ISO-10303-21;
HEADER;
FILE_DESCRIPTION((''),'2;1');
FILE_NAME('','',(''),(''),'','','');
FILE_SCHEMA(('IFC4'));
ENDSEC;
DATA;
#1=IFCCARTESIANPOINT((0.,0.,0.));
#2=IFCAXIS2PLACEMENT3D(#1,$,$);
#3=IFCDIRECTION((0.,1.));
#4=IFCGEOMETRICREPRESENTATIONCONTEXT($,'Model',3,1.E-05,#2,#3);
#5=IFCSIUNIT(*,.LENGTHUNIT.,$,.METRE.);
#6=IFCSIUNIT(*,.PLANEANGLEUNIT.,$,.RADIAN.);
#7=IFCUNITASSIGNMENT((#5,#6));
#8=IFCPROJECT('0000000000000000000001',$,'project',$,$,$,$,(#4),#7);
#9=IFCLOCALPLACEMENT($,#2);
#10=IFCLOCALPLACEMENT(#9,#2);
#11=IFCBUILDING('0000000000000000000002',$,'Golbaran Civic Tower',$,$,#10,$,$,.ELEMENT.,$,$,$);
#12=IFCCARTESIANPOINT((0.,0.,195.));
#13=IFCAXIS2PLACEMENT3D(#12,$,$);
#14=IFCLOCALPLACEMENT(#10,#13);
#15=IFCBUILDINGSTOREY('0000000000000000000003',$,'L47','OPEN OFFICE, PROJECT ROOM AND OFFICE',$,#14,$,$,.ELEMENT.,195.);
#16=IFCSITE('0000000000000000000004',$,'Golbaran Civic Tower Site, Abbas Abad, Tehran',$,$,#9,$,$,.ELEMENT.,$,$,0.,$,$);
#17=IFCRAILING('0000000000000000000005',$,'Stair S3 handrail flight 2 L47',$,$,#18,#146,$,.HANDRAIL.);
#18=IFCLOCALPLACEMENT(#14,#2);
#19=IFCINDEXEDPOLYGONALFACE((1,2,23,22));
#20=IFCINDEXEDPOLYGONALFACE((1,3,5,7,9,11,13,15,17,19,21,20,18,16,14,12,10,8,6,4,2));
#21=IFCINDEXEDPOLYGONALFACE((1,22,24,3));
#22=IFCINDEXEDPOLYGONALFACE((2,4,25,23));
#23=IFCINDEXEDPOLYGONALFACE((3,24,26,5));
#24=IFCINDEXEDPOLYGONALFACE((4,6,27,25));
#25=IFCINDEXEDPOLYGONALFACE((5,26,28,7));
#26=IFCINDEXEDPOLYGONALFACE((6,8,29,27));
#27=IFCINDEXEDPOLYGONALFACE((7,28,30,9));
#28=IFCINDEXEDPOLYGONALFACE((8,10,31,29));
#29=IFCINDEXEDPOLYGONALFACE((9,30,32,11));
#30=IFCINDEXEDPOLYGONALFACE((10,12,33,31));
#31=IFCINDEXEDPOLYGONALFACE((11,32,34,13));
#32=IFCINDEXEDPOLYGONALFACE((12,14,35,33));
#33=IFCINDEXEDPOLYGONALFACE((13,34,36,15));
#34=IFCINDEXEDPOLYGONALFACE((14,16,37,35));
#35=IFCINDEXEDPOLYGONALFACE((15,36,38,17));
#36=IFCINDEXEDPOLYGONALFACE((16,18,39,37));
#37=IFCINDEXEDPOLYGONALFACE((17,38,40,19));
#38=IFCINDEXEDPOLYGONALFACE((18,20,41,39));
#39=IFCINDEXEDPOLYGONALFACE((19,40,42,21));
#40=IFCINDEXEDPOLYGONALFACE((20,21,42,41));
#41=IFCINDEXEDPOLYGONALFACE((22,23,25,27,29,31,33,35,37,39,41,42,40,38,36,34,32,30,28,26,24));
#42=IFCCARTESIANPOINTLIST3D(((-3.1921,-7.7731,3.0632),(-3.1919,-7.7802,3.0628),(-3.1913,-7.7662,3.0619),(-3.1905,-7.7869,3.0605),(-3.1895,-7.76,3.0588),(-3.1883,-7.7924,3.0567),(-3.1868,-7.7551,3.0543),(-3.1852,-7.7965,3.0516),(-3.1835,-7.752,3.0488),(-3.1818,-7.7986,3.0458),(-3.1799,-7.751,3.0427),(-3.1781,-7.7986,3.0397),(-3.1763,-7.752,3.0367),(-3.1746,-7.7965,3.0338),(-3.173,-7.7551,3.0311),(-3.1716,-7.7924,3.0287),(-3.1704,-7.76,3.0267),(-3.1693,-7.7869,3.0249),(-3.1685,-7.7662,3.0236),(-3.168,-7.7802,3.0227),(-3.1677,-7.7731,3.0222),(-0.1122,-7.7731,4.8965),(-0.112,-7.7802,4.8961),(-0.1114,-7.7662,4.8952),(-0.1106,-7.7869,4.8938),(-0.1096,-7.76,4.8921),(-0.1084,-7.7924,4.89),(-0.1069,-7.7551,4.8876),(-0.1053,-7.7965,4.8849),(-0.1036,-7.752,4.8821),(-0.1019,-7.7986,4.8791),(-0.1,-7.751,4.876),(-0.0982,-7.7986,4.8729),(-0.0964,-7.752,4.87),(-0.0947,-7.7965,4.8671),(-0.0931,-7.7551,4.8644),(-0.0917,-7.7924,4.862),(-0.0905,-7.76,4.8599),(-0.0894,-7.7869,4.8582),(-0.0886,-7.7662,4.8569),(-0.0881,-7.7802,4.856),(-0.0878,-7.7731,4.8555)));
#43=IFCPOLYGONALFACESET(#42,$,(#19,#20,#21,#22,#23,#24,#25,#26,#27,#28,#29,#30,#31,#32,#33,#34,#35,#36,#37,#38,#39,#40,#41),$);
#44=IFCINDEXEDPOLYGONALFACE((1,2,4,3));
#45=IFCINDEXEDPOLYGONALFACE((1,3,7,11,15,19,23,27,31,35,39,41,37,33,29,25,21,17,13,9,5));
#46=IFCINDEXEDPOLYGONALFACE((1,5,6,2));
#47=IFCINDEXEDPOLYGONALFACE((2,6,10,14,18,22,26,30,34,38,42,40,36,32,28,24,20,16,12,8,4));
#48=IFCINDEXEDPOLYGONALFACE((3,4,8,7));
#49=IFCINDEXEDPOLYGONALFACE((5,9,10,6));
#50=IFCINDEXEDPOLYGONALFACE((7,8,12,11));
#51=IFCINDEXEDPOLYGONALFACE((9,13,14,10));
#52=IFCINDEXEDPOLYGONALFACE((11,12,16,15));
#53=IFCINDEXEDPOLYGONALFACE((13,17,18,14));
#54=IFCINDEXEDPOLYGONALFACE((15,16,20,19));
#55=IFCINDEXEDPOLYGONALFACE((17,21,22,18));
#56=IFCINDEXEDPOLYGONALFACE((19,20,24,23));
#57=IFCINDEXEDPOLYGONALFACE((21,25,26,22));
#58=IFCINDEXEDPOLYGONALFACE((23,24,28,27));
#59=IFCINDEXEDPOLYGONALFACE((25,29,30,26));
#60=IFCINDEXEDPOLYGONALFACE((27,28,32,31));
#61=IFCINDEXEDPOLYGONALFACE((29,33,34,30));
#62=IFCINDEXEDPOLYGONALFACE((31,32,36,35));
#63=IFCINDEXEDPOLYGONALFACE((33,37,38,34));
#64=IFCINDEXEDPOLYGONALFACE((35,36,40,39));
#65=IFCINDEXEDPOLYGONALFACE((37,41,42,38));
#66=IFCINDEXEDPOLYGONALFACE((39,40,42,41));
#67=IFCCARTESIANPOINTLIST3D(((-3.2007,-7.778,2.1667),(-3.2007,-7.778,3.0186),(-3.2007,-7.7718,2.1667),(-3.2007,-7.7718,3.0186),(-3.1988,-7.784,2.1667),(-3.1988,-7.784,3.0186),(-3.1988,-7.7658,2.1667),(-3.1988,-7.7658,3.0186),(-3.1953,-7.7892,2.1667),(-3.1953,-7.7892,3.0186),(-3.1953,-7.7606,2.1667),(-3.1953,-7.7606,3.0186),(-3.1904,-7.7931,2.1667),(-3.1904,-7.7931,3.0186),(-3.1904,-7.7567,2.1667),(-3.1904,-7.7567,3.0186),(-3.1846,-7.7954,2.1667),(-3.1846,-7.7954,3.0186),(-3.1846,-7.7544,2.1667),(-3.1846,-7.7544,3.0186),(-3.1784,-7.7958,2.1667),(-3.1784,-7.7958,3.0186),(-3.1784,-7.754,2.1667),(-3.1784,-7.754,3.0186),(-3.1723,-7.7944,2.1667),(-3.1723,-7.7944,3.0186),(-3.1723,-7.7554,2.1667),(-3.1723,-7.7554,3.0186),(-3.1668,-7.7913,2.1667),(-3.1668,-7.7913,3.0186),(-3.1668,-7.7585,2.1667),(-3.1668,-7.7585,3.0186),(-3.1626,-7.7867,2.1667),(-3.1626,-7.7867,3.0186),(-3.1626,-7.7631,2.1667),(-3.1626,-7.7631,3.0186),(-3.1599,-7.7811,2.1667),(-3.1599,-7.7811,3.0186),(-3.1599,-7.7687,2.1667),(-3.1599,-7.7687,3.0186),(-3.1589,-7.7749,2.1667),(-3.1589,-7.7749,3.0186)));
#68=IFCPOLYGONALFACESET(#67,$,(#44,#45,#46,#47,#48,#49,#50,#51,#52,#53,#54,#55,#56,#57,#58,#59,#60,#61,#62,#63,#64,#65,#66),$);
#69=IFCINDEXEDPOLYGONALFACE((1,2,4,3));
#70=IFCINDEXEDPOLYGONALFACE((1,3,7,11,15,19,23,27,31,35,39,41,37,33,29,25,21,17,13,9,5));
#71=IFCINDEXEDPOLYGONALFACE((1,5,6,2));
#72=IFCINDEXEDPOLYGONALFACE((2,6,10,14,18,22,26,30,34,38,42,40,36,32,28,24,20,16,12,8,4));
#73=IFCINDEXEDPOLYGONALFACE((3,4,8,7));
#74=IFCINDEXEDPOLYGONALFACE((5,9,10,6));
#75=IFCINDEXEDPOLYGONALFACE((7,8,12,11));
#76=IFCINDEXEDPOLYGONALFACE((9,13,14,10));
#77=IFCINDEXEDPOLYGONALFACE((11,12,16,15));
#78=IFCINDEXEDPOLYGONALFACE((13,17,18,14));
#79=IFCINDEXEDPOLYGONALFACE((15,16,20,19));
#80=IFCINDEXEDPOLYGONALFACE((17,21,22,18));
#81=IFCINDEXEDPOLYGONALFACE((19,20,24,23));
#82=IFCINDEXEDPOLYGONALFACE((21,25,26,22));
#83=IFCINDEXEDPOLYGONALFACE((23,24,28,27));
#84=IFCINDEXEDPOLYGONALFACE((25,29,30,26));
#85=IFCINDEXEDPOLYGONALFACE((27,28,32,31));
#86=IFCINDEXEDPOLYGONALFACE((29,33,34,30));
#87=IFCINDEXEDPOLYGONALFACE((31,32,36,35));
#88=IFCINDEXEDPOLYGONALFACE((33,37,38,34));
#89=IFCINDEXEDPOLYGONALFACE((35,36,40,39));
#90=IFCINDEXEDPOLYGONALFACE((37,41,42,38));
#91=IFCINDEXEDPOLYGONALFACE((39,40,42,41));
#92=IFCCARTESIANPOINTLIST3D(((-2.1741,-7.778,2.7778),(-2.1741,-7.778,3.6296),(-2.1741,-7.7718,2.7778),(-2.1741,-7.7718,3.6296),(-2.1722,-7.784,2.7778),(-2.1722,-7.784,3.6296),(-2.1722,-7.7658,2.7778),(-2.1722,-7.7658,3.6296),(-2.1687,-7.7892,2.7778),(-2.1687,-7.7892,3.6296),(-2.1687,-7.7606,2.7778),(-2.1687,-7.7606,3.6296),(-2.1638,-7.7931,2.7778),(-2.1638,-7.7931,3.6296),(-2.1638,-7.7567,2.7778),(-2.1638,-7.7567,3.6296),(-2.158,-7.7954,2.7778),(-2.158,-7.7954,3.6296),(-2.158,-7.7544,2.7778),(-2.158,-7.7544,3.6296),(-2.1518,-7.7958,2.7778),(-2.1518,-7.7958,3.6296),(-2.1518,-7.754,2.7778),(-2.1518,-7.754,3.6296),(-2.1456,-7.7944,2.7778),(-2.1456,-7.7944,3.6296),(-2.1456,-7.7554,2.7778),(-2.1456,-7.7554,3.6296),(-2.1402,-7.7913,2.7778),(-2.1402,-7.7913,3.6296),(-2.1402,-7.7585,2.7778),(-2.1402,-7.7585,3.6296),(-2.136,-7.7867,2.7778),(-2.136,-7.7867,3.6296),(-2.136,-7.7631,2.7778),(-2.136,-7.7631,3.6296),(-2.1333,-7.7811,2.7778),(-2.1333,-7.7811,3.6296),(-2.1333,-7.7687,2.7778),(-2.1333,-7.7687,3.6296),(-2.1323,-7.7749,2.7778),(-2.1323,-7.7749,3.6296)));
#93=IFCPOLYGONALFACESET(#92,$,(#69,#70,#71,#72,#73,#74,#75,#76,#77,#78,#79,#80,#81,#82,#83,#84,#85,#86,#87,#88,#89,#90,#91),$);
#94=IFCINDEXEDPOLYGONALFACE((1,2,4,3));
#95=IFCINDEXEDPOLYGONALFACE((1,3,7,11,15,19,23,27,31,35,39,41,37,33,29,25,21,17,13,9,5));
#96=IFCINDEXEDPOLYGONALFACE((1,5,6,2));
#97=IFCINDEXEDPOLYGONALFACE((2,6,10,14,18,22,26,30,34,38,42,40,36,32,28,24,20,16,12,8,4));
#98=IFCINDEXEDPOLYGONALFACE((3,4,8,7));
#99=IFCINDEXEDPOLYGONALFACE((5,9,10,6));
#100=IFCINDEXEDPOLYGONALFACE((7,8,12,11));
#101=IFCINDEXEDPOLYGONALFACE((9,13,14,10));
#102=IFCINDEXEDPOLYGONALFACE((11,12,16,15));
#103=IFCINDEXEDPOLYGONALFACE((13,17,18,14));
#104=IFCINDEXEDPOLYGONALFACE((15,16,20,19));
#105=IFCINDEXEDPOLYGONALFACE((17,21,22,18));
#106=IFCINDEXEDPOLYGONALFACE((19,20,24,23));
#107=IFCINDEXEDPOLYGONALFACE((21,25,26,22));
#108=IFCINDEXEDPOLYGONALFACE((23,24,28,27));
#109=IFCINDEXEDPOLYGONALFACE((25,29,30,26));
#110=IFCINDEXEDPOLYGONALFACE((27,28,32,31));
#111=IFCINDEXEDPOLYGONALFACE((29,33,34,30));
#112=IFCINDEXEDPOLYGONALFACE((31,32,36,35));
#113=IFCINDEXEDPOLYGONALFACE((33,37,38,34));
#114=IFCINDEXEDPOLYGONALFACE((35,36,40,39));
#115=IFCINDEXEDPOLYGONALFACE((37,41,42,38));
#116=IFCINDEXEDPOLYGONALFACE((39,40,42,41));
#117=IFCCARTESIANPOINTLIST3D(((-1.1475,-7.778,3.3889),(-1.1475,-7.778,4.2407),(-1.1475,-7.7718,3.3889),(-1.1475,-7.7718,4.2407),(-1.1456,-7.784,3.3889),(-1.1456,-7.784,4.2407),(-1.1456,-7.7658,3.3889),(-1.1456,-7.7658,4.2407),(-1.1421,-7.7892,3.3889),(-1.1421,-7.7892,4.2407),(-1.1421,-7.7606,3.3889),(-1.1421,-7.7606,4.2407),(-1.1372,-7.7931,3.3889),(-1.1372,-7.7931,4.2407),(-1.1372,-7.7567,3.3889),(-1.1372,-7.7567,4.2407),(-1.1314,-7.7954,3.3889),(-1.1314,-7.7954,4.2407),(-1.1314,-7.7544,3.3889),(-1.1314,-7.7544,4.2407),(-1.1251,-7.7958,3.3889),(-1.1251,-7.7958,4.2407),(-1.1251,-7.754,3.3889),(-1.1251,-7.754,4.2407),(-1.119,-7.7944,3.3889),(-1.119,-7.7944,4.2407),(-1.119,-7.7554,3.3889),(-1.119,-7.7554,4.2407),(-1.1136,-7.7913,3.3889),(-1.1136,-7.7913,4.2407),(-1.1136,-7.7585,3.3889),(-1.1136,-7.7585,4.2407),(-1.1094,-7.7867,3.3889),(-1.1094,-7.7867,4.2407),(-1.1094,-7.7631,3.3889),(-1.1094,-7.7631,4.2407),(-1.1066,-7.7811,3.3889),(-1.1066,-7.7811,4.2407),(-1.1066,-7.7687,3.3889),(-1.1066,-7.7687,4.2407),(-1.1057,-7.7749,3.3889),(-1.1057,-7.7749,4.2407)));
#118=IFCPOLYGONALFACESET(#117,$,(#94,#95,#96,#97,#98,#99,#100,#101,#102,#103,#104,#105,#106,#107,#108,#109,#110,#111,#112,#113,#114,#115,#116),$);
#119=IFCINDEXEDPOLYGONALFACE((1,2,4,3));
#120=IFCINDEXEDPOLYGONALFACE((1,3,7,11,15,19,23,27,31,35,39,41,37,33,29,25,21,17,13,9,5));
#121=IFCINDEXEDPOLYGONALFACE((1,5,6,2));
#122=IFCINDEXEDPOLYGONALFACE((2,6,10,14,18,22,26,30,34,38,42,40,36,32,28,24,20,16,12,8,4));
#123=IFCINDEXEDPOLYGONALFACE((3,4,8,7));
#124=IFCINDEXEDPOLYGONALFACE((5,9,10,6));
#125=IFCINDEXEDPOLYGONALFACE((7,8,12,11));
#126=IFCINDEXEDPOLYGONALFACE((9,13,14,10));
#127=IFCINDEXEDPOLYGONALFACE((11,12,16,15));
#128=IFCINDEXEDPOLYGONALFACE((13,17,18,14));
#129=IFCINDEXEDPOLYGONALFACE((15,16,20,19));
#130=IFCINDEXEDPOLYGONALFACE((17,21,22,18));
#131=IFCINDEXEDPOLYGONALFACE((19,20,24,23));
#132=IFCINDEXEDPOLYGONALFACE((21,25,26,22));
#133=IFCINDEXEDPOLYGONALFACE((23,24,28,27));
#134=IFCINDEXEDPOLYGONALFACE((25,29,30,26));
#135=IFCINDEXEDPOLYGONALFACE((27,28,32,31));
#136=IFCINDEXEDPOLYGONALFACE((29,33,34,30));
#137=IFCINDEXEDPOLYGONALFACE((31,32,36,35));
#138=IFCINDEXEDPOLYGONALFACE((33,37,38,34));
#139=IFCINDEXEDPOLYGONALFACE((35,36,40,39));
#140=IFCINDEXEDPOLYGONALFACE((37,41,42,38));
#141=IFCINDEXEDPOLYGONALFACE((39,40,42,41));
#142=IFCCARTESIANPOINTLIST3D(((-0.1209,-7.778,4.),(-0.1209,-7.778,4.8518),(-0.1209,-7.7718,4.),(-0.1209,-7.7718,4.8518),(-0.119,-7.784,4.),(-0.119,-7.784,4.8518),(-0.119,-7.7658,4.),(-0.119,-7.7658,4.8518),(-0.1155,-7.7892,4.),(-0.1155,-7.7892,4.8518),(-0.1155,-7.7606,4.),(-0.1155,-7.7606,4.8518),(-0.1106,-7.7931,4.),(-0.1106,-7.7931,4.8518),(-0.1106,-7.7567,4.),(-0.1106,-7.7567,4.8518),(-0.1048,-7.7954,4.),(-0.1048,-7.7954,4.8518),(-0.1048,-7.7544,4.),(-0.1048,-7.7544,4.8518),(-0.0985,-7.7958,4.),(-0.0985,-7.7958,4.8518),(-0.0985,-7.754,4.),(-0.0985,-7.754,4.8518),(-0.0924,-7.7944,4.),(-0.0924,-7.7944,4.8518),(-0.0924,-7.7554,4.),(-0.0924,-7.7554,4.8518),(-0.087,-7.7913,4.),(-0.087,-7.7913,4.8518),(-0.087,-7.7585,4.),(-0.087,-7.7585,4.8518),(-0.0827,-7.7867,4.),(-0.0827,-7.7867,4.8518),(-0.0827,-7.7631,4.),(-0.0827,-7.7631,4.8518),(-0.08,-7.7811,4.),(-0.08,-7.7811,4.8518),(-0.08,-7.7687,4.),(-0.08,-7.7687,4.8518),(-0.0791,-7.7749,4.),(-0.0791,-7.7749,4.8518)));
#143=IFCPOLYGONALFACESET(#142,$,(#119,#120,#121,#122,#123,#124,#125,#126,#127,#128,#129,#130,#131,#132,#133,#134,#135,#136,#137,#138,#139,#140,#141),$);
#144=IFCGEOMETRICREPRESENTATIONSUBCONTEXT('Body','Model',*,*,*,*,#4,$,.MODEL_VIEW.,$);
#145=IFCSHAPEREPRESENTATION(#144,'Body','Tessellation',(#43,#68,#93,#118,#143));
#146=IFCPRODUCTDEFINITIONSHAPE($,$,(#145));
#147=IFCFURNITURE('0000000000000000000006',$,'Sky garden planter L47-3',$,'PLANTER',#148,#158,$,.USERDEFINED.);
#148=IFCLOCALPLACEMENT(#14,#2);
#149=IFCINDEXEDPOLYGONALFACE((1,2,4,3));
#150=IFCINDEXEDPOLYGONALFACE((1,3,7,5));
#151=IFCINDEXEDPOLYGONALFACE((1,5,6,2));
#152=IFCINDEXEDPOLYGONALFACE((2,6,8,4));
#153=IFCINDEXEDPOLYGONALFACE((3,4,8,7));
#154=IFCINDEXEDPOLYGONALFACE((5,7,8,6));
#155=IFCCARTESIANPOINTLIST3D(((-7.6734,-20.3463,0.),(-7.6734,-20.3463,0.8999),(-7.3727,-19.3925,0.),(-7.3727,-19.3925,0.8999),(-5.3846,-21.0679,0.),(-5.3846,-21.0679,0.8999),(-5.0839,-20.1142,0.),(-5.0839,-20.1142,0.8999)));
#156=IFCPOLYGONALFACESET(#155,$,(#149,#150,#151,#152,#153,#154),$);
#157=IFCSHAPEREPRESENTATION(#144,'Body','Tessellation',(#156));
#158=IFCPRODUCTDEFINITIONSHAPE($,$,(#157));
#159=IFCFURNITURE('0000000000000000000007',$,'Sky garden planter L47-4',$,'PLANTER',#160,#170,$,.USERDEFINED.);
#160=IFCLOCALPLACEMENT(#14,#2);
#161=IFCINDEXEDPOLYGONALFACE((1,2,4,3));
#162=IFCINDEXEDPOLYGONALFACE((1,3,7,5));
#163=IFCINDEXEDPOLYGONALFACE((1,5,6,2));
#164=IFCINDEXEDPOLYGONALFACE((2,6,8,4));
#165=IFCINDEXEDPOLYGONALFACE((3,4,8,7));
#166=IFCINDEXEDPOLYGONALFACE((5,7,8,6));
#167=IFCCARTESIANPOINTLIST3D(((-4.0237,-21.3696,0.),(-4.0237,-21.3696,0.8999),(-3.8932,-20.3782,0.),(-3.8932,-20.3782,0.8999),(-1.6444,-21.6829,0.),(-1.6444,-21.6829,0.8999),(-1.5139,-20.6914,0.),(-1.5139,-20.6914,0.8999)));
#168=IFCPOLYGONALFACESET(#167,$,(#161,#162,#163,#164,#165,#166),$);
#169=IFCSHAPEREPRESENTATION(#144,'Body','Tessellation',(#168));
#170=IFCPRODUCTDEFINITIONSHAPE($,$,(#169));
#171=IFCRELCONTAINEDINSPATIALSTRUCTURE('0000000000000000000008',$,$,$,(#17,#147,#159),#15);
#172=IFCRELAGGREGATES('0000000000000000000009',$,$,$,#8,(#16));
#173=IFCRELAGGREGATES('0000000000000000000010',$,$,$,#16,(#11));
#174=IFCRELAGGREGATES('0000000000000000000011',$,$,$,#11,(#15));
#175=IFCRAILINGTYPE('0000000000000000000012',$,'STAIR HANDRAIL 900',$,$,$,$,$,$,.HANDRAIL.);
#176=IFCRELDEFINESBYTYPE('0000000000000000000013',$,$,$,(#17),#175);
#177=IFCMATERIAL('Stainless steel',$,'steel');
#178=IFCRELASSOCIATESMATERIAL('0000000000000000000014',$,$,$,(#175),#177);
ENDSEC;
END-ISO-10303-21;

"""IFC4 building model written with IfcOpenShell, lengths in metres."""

from ifc_helpers import new_model, si_unit, direction, frame, origin, origin_2d, place, context, subcontext, project, spatial, rectangle, circle, extrude, material, type_object, element, save


model = new_model("IFC4")

# Units and contexts
model_context = context("Model", 3, precision=1e-05, world=origin(), true_north=direction((0.0, 1.0)))
body_context = subcontext(model_context, "Body", "Model", "MODEL_VIEW")
ifc_project = project(units=[si_unit("LENGTHUNIT", "METRE"), si_unit("PLANEANGLEUNIT", "RADIAN")], contexts=[model_context])

# Site, building, storey
site_placement = place(None, origin())
site = spatial("IfcSite", under=ifc_project, at=site_placement, Name="Golbaran Civic Tower Site, Abbas Abad, Tehran", CompositionType="ELEMENT", RefElevation=0.0)
building_placement = place(site_placement, origin())
building = spatial("IfcBuilding", under=site, at=building_placement, Name="Golbaran Civic Tower", CompositionType="ELEMENT")
storey_placement = place(building_placement, frame((0.0, 0.0, 195.0)))
storey = spatial("IfcBuildingStorey", under=building, at=storey_placement, Name="L47", Description="OPEN OFFICE, PROJECT ROOM AND OFFICE", CompositionType="ELEMENT", Elevation=195.0)

# Railing
ifc_material_1 = material(Name="Stainless steel", Category="steel")
railing_type = type_object("IfcRailingType", Name="STAIR HANDRAIL 900", PredefinedType="HANDRAIL", material=ifc_material_1)
railing_1_placement = place(storey_placement, frame((-3.1799, -7.7749, 2.1667)))
element("IfcRailing", 1, at=railing_1_placement, inside=storey, type_object=railing_type, Name="Stair S3 handrail flight 2 L47", PredefinedType="HANDRAIL", context=body_context, shape_type="SweptSolid", body=[
    extrude(circle(Radius=0.0239, at=origin_2d()), frame((0.0, 0.0, 0.876), z_axis=(0.859291, 0.0, 0.511487), x_axis=(0.0, 1.0, 0.0)), (0.0, 0.0, 1.0), 3.5842),
    extrude(circle(Radius=0.021, at=origin_2d()), origin(), (0.0, 0.0, 1.0), 0.8518),
    extrude(circle(Radius=0.021, at=origin_2d()), frame((1.0266, 0.0, 0.6111)), (0.0, 0.0, 1.0), 0.8518),
    extrude(circle(Radius=0.021, at=origin_2d()), frame((2.0532, 0.0, 1.2222)), (0.0, 0.0, 1.0), 0.8518),
    extrude(circle(Radius=0.021, at=origin_2d()), frame((3.0798, 0.0, 1.8333)), (0.0, 0.0, 1.0), 0.8518),
])

# Furniture
for number, where, z_axis, x_axis, name in (
    (2, (-6.3787, -20.2302, 0.0), (0.0, 0.0, 1.0), (0.953717, -0.300706, 0.0), "Sky garden planter L47-3"),
    (3, (-2.7688, -21.0305, 0.0), (0.0, 0.0, 1.0), (0.991445, -0.130526, 0.0), "Sky garden planter L47-4"),
):
    element("IfcFurniture", number, at=place(storey_placement, frame(where, z_axis=z_axis, x_axis=x_axis)), inside=storey, Name=name, ObjectType="PLANTER", PredefinedType="USERDEFINED", context=body_context, shape_type="SweptSolid", body=[
        extrude(rectangle(XDim=2.3999, YDim=1.0, at=origin_2d()), origin(), (0.0, 0.0, 1.0), 0.8999),
    ])

save(model, "model.ifc")
